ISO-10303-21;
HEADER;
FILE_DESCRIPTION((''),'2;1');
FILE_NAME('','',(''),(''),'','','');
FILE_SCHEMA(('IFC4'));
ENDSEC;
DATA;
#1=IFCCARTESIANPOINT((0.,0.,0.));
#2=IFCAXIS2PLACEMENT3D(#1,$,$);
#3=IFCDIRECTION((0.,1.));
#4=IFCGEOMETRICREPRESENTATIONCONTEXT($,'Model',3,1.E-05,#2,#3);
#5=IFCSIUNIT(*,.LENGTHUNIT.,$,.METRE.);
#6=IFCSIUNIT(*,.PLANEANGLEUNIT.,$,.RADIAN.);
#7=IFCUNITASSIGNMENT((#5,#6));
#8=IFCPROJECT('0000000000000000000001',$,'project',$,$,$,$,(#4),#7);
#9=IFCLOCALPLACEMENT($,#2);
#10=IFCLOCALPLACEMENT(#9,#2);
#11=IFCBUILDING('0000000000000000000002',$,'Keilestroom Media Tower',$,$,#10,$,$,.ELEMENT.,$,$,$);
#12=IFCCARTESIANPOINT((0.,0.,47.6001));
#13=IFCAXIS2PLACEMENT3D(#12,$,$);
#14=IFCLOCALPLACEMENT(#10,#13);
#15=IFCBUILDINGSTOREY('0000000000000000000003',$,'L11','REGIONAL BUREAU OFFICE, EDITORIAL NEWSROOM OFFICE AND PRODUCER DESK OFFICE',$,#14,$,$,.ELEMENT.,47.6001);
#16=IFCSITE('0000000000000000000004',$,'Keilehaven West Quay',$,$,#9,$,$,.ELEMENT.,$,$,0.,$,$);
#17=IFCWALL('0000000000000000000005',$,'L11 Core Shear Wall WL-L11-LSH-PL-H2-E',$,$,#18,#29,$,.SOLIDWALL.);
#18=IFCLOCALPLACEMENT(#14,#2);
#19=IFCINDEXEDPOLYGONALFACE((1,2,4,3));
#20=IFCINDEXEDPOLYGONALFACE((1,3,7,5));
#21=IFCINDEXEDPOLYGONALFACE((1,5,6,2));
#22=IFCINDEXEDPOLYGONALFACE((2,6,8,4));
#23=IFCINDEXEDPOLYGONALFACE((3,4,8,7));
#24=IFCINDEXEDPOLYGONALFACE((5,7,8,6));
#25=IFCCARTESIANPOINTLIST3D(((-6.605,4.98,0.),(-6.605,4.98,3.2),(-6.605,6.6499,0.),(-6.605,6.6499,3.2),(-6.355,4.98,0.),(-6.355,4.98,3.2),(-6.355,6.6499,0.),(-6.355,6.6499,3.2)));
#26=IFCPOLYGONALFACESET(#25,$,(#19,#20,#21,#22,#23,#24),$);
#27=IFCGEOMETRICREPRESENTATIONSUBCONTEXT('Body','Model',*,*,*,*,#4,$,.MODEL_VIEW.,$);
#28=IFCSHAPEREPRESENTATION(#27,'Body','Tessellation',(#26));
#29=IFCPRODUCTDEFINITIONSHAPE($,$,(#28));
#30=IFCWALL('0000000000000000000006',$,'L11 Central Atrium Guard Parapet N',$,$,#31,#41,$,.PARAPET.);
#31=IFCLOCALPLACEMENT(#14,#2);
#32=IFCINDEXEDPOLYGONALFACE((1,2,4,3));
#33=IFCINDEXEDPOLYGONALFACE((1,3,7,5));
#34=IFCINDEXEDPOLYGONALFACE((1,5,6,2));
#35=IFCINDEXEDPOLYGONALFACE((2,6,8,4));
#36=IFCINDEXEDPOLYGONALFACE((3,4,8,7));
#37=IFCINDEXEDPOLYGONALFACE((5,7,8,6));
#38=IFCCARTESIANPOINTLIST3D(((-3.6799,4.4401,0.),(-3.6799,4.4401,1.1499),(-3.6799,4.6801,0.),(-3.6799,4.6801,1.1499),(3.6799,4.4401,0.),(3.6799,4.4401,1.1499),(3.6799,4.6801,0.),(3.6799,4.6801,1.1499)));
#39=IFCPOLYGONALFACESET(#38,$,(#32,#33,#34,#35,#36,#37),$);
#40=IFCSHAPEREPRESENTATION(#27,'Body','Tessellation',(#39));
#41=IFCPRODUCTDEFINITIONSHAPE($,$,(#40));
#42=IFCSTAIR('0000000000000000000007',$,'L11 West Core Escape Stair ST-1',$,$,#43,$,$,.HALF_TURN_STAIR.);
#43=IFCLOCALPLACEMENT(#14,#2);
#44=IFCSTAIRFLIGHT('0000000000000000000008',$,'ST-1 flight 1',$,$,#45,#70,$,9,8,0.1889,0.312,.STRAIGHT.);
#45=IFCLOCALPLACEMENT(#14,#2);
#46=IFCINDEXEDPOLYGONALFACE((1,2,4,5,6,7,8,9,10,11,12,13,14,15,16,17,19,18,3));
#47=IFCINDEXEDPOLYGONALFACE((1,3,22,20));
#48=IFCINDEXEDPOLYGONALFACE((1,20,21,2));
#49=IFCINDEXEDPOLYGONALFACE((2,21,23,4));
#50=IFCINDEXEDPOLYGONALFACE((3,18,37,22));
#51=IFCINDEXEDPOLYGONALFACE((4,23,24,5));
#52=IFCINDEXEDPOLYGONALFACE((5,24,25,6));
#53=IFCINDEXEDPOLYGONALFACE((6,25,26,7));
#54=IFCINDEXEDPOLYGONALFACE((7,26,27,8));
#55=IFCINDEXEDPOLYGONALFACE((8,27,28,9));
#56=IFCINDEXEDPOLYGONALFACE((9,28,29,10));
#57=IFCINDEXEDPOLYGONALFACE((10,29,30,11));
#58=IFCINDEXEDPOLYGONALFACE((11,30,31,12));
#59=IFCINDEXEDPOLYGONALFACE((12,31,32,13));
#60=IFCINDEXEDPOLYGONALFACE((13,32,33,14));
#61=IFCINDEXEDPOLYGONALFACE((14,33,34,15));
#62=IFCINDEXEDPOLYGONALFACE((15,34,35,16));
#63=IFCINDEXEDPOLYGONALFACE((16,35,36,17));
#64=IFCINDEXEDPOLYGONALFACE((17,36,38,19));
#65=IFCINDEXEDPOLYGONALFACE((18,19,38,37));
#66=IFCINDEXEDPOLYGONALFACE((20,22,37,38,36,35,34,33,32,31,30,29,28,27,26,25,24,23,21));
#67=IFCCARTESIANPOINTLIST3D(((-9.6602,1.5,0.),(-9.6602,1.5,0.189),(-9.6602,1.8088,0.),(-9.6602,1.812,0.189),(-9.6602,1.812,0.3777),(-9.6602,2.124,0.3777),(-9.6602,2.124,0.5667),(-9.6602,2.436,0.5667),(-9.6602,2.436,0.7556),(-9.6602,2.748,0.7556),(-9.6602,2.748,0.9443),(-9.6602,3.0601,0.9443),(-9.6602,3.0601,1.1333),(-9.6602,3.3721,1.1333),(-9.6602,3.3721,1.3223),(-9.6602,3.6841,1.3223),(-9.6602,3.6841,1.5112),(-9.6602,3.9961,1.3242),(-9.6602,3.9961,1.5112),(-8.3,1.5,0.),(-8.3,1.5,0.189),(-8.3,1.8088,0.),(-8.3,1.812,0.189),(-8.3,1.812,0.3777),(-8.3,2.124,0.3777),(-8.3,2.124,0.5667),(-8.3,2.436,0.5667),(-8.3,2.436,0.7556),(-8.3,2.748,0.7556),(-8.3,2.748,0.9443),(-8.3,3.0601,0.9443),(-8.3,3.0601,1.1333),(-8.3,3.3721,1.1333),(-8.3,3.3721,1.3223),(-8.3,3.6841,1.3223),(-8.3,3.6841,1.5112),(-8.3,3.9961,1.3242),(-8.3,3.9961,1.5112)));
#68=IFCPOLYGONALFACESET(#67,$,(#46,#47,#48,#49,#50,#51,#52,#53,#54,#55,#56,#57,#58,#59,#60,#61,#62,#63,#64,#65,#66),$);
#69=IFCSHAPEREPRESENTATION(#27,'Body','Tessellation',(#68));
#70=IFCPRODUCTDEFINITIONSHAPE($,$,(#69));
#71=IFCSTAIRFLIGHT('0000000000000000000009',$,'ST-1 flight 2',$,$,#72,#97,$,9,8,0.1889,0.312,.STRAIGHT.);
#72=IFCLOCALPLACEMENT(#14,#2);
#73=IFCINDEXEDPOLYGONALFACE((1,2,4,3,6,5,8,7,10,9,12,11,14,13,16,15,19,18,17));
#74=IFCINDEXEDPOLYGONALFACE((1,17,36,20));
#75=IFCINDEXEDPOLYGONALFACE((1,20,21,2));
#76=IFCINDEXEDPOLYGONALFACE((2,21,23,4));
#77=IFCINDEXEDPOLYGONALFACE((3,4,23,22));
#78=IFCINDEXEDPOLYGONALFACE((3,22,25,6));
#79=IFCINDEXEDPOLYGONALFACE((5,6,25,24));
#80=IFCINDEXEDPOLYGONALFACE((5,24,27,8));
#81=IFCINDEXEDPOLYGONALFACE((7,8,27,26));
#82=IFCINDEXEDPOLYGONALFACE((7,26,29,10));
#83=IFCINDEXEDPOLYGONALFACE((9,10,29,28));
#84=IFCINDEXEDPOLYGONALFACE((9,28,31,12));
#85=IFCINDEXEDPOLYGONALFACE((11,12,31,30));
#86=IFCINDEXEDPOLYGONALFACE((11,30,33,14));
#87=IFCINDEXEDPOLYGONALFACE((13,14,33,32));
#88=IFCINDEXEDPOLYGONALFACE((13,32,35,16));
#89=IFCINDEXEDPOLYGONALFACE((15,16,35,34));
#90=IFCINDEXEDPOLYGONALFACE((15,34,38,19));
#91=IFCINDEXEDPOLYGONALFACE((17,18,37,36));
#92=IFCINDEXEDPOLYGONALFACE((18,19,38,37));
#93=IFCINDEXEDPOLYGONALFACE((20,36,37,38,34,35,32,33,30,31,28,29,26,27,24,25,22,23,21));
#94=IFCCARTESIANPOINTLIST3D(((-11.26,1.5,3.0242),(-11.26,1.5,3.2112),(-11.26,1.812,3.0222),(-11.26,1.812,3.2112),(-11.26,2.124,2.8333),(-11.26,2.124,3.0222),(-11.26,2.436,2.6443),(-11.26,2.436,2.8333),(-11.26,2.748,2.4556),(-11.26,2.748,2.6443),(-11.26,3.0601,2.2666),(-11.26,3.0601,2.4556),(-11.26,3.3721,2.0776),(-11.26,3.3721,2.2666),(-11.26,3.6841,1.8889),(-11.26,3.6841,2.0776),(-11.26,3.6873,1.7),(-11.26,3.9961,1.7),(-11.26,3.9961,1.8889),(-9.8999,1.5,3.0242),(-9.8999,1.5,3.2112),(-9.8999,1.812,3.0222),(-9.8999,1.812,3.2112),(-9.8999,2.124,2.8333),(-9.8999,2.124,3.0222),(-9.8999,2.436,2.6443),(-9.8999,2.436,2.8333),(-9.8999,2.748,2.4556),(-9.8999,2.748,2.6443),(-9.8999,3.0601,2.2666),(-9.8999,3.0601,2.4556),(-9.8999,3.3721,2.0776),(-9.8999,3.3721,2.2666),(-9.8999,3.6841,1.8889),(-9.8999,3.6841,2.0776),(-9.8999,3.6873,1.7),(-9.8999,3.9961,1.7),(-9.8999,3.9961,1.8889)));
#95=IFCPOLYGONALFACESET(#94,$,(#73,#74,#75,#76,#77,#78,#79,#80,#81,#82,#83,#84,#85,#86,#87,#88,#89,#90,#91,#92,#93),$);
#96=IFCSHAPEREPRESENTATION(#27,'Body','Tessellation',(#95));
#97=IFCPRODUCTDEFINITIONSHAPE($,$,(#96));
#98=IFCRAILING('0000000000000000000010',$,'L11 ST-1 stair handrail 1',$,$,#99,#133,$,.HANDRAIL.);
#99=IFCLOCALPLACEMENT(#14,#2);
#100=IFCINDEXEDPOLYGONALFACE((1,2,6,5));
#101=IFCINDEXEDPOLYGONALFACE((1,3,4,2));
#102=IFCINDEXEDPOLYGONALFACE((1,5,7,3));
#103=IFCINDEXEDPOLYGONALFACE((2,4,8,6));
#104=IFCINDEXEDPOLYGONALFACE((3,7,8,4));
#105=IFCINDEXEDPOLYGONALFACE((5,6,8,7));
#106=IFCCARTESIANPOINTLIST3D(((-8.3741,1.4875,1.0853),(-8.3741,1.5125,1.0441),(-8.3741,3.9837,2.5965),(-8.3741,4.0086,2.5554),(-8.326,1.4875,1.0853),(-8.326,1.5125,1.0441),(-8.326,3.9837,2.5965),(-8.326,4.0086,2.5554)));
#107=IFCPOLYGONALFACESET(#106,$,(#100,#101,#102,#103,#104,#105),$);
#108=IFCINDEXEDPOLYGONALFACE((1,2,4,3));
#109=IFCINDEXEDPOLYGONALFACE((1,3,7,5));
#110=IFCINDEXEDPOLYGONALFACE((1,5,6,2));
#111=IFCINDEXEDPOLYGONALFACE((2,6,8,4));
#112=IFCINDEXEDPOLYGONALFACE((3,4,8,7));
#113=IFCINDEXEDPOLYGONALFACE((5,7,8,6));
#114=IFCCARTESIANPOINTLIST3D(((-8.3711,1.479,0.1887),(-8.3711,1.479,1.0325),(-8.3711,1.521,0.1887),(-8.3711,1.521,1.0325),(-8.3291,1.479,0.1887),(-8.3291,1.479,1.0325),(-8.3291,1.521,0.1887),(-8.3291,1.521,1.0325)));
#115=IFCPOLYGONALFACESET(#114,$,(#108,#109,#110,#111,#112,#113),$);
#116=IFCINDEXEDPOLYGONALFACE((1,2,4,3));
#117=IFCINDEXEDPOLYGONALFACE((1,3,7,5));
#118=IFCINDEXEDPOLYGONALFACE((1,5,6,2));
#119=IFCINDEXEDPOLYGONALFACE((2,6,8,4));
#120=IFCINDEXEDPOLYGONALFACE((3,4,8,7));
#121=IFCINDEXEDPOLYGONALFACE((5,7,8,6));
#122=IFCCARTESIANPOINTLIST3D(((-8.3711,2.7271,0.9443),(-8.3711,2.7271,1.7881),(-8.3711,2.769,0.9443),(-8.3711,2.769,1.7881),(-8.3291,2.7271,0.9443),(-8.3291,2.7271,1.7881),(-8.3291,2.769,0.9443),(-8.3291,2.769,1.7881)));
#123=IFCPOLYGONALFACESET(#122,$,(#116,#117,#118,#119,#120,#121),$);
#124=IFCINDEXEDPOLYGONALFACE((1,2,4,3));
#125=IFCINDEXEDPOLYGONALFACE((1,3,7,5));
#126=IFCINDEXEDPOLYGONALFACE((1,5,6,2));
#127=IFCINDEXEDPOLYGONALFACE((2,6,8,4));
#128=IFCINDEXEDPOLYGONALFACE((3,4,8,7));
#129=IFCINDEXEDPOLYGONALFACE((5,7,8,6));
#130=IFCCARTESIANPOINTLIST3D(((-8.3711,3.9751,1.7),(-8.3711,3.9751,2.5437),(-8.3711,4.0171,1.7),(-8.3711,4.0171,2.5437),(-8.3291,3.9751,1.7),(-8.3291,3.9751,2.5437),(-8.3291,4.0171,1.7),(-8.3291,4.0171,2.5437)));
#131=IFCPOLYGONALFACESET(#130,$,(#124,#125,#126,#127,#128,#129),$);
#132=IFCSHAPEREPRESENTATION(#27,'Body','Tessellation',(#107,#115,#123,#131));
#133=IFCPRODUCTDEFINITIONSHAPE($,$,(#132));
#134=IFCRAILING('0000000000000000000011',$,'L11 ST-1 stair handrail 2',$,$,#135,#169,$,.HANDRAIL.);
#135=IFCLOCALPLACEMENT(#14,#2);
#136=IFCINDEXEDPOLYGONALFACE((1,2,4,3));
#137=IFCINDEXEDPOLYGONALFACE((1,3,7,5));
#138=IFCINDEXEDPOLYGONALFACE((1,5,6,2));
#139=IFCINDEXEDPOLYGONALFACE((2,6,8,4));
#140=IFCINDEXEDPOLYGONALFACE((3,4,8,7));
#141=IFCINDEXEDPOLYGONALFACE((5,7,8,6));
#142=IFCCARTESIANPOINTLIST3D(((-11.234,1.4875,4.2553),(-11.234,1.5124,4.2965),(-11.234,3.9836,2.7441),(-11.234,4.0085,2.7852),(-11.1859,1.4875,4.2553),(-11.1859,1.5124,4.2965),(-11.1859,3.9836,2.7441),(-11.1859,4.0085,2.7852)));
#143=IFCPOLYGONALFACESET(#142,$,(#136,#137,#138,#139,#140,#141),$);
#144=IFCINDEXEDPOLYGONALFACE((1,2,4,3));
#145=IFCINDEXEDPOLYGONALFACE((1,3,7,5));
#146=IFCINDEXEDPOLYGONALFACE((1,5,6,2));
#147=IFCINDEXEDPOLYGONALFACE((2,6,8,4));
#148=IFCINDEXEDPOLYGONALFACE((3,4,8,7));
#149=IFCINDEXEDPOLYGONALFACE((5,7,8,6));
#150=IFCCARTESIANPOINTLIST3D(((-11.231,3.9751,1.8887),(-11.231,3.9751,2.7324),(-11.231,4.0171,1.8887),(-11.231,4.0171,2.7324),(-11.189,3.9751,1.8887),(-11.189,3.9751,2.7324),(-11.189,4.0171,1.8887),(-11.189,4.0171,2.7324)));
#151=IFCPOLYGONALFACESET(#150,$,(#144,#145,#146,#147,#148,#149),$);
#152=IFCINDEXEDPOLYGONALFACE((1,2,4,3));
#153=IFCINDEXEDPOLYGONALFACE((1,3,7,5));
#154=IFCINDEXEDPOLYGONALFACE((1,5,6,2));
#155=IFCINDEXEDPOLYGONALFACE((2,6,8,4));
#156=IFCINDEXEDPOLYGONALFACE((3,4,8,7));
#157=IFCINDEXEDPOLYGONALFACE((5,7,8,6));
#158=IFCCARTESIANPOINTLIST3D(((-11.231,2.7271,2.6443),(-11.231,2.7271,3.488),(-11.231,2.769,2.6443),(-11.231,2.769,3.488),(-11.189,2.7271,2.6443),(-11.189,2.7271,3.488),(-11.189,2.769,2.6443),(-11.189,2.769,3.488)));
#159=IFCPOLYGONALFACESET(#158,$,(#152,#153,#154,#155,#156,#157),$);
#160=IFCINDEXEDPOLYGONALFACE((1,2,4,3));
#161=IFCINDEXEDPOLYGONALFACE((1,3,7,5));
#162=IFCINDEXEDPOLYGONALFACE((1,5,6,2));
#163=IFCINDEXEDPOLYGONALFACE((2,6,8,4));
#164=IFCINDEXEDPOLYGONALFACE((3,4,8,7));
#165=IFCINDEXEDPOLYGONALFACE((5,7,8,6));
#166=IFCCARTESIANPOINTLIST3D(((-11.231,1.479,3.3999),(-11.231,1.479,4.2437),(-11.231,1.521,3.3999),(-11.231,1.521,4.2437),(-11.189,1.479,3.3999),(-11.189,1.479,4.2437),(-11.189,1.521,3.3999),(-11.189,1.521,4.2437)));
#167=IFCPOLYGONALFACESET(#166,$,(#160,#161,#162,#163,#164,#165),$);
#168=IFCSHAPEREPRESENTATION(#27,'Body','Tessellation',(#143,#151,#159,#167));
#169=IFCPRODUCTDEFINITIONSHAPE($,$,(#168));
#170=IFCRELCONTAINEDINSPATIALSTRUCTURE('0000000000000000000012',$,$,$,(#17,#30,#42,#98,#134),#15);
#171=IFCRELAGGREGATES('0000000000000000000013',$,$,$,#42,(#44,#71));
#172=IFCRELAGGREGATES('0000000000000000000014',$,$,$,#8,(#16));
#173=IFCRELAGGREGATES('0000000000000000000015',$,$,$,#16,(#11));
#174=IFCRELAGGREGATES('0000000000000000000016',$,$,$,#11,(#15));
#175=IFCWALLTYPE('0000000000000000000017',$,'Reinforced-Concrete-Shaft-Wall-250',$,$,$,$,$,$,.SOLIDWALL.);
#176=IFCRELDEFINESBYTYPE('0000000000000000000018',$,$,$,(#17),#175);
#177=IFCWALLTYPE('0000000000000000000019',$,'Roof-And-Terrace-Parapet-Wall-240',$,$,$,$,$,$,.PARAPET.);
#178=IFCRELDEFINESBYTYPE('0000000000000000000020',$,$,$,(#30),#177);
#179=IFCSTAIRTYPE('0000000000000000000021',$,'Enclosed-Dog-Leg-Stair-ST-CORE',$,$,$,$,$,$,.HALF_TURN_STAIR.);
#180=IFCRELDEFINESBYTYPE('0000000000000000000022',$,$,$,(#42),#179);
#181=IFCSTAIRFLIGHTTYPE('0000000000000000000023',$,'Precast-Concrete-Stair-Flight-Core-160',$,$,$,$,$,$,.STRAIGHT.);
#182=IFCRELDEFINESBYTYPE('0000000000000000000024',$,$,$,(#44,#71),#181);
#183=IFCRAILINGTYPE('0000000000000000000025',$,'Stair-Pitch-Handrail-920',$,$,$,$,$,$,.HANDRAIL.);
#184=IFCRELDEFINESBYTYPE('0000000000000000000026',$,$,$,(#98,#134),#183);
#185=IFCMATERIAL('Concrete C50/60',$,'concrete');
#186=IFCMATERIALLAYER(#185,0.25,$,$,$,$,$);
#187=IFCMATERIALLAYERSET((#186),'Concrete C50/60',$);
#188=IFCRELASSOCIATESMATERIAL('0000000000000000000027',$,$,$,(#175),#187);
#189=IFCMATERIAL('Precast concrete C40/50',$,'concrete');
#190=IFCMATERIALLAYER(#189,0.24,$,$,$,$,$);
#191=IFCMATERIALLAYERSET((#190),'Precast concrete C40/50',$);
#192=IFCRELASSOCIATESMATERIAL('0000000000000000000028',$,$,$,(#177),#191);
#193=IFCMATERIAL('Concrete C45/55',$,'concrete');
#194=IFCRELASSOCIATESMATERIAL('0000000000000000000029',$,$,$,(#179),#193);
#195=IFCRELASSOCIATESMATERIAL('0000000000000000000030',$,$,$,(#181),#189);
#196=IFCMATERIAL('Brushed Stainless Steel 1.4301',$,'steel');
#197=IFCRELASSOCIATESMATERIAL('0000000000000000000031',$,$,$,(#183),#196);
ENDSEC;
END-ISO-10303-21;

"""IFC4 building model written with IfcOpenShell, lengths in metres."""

from ifc_helpers import new_model, si_unit, direction, frame, frame_2d, origin, origin_2d, place, context, subcontext, project, spatial, polyline, rectangle, outline, extrude, material, layer, layer_set, type_object, element, aggregate, save


model = new_model("IFC4")

# Units and contexts
model_context = context("Model", 3, precision=1e-05, world=origin(), true_north=direction((0.0, 1.0)))
body_context = subcontext(model_context, "Body", "Model", "MODEL_VIEW")
ifc_project = project(units=[si_unit("LENGTHUNIT", "METRE"), si_unit("PLANEANGLEUNIT", "RADIAN")], contexts=[model_context])

# Site, building, storey
site_placement = place(None, origin())
site = spatial("IfcSite", under=ifc_project, at=site_placement, Name="Keilehaven West Quay", CompositionType="ELEMENT", RefElevation=0.0)
building_placement = place(site_placement, origin())
building = spatial("IfcBuilding", under=site, at=building_placement, Name="Keilestroom Media Tower", CompositionType="ELEMENT")
storey_placement = place(building_placement, frame((0.0, 0.0, 47.6001)))
storey = spatial("IfcBuildingStorey", under=building, at=storey_placement, Name="L11", Description="REGIONAL BUREAU OFFICE, EDITORIAL NEWSROOM OFFICE AND PRODUCER DESK OFFICE", CompositionType="ELEMENT", Elevation=47.6001)

# Shared definitions
ifc_material_1 = material(Name="Concrete C50/60", Category="concrete")
ifc_material_2 = material(Name="Concrete C45/55", Category="concrete")

# Shared definitions
ifc_layer_1 = layer(ifc_material_1, 0.25)
ifc_layer_set_1 = layer_set([ifc_layer_1], Name="Concrete C50/60")
wall_type_1 = type_object("IfcWallType", Name="Reinforced-Concrete-Shaft-Wall-250", PredefinedType="SOLIDWALL", material=ifc_layer_set_1)

# Walls
wall_1_placement = place(storey_placement, frame((-6.48, 4.98, 0.0), z_axis=(0.0, 0.0, 1.0), x_axis=(0.0, 1.0, 0.0)))
element("IfcWall", 1, at=wall_1_placement, inside=storey, type_object=wall_type_1, Name="L11 Core Shear Wall WL-L11-LSH-PL-H2-E", PredefinedType="SOLIDWALL", context=body_context, shape_type="SweptSolid", body=[
    extrude(rectangle(XDim=1.6699, YDim=0.25, at=frame_2d((0.835, 0.0))), origin(), (0.0, 0.0, 1.0), 3.2),
])
ifc_material_3 = material(Name="Precast concrete C40/50", Category="concrete")
ifc_layer_2 = layer(ifc_material_3, 0.24)
ifc_layer_set_2 = layer_set([ifc_layer_2], Name="Precast concrete C40/50")
wall_type_2 = type_object("IfcWallType", Name="Roof-And-Terrace-Parapet-Wall-240", PredefinedType="PARAPET", material=ifc_layer_set_2)
wall_2_placement = place(storey_placement, frame((-3.6799, 4.5601, 0.0), z_axis=(0.0, 0.0, 1.0), x_axis=(1.0, 0.0, 0.0)))
element("IfcWall", 2, at=wall_2_placement, inside=storey, type_object=wall_type_2, Name="L11 Central Atrium Guard Parapet N", PredefinedType="PARAPET", context=body_context, shape_type="SweptSolid", body=[
    extrude(rectangle(XDim=7.3599, YDim=0.24, at=frame_2d((3.6799, 0.0))), origin(), (0.0, 0.0, 1.0), 1.1499),
])

# Stair, stair flights
stair_type = type_object("IfcStairType", Name="Enclosed-Dog-Leg-Stair-ST-CORE", PredefinedType="HALF_TURN_STAIR", material=ifc_material_2)
stair_placement = place(storey_placement, origin())
stair = element("IfcStair", 3, at=stair_placement, inside=storey, type_object=stair_type, Name="L11 West Core Escape Stair ST-1", PredefinedType="HALF_TURN_STAIR")
stair_flight_type = type_object("IfcStairFlightType", Name="Precast-Concrete-Stair-Flight-Core-160", PredefinedType="STRAIGHT", material=ifc_material_3)
stair_flight_1_placement = place(storey_placement, frame((-8.98, 1.5, 0.0), z_axis=(0.0, 0.0, 1.0), x_axis=(0.0, 1.0, 0.0)))
stair_flight_1 = element("IfcStairFlight", 4, at=stair_flight_1_placement, type_object=stair_flight_type, Name="ST-1 flight 1", NumberOfRisers=9, NumberOfTreads=8, PredefinedType="STRAIGHT", RiserHeight=0.1889, TreadLength=0.312, context=body_context, shape_type="SweptSolid", body=[
    extrude(outline(polyline([(0.0, 0.0), (0.0, 0.189), (0.312, 0.189), (0.312, 0.3777), (0.624, 0.3777), (0.624, 0.5667), (0.936, 0.5667), (0.936, 0.7556), (1.248, 0.7556), (1.248, 0.9443), (1.5601, 0.9443), (1.5601, 1.1333), (1.8721, 1.1333), (1.8721, 1.3223), (2.1841, 1.3223), (2.1841, 1.5112), (2.4961, 1.5112), (2.4961, 1.7), (2.4961, 1.3242), (0.3088, 0.0), (0.0, 0.0)])), frame((0.0, 0.6802, 0.0), z_axis=(0.0, -1.0, 0.0), x_axis=(1.0, 0.0, 0.0)), (0.0, 0.0, 1.0), 1.3601),
])
stair_flight_2_placement = place(storey_placement, frame((-10.5801, 3.9961, 1.7), z_axis=(0.0, 0.0, 1.0), x_axis=(0.0, -1.0, 0.0)))
stair_flight_2 = element("IfcStairFlight", 5, at=stair_flight_2_placement, type_object=stair_flight_type, Name="ST-1 flight 2", NumberOfRisers=9, NumberOfTreads=8, PredefinedType="STRAIGHT", RiserHeight=0.1889, TreadLength=0.312, context=body_context, shape_type="SweptSolid", body=[
    extrude(outline(polyline([(0.0, 0.0), (0.0, 0.189), (0.312, 0.189), (0.312, 0.3777), (0.624, 0.3777), (0.624, 0.5667), (0.936, 0.5667), (0.936, 0.7556), (1.248, 0.7556), (1.248, 0.9443), (1.5601, 0.9443), (1.5601, 1.1333), (1.8721, 1.1333), (1.8721, 1.3223), (2.1841, 1.3223), (2.1841, 1.5112), (2.4961, 1.5112), (2.4961, 1.7), (2.4961, 1.3242), (0.3088, 0.0), (0.0, 0.0)])), frame((0.0, 0.6802, 0.0), z_axis=(0.0, -1.0, 0.0), x_axis=(1.0, 0.0, 0.0)), (0.0, 0.0, 1.0), 1.3601),
])
aggregate(stair, [stair_flight_1, stair_flight_2])

# Railings
ifc_material_4 = material(Name="Brushed Stainless Steel 1.4301", Category="steel")
railing_type_1 = type_object("IfcRailingType", Name="Stair-Pitch-Handrail-920", PredefinedType="HANDRAIL", material=ifc_material_4)
railing_1_placement = place(storey_placement, frame((-8.3501, 1.5, 0.1887)))
element("IfcRailing", 6, at=railing_1_placement, inside=storey, type_object=railing_type_1, Name="L11 ST-1 stair handrail 1", PredefinedType="HANDRAIL", context=body_context, shape_type="SweptSolid", body=[
    extrude(rectangle(XDim=0.0481, YDim=0.0481, at=origin_2d()), frame((0.0, 0.0, 0.876), z_axis=(0.0, 0.855434, 0.517912), x_axis=(-1.0, 0.0, 0.0)), (0.0, 0.0, 1.0), 2.918),
    extrude(rectangle(XDim=0.042, YDim=0.042, at=origin_2d()), origin(), (0.0, 0.0, 1.0), 0.8438),
    extrude(rectangle(XDim=0.042, YDim=0.042, at=origin_2d()), frame((0.0, 1.248, 0.7556)), (0.0, 0.0, 1.0), 0.8438),
    extrude(rectangle(XDim=0.042, YDim=0.042, at=origin_2d()), frame((0.0, 2.4961, 1.5112)), (0.0, 0.0, 1.0), 0.8438),
])
railing_2_placement = place(storey_placement, frame((-11.21, 3.9961, 1.8887)))
element("IfcRailing", 7, at=railing_2_placement, inside=storey, type_object=railing_type_1, Name="L11 ST-1 stair handrail 2", PredefinedType="HANDRAIL", context=body_context, shape_type="SweptSolid", body=[
    extrude(rectangle(XDim=0.0481, YDim=0.0481, at=origin_2d()), frame((0.0, 0.0, 0.876), z_axis=(0.0, -0.855434, 0.517912), x_axis=(1.0, 0.0, 0.0)), (0.0, 0.0, 1.0), 2.918),
    extrude(rectangle(XDim=0.042, YDim=0.042, at=origin_2d()), origin(), (0.0, 0.0, 1.0), 0.8438),
    extrude(rectangle(XDim=0.042, YDim=0.042, at=origin_2d()), frame((0.0, -1.248, 0.7556)), (0.0, 0.0, 1.0), 0.8438),
    extrude(rectangle(XDim=0.042, YDim=0.042, at=origin_2d()), frame((0.0, -2.4961, 1.5112)), (0.0, 0.0, 1.0), 0.8438),
])

save(model, "model.ifc")
